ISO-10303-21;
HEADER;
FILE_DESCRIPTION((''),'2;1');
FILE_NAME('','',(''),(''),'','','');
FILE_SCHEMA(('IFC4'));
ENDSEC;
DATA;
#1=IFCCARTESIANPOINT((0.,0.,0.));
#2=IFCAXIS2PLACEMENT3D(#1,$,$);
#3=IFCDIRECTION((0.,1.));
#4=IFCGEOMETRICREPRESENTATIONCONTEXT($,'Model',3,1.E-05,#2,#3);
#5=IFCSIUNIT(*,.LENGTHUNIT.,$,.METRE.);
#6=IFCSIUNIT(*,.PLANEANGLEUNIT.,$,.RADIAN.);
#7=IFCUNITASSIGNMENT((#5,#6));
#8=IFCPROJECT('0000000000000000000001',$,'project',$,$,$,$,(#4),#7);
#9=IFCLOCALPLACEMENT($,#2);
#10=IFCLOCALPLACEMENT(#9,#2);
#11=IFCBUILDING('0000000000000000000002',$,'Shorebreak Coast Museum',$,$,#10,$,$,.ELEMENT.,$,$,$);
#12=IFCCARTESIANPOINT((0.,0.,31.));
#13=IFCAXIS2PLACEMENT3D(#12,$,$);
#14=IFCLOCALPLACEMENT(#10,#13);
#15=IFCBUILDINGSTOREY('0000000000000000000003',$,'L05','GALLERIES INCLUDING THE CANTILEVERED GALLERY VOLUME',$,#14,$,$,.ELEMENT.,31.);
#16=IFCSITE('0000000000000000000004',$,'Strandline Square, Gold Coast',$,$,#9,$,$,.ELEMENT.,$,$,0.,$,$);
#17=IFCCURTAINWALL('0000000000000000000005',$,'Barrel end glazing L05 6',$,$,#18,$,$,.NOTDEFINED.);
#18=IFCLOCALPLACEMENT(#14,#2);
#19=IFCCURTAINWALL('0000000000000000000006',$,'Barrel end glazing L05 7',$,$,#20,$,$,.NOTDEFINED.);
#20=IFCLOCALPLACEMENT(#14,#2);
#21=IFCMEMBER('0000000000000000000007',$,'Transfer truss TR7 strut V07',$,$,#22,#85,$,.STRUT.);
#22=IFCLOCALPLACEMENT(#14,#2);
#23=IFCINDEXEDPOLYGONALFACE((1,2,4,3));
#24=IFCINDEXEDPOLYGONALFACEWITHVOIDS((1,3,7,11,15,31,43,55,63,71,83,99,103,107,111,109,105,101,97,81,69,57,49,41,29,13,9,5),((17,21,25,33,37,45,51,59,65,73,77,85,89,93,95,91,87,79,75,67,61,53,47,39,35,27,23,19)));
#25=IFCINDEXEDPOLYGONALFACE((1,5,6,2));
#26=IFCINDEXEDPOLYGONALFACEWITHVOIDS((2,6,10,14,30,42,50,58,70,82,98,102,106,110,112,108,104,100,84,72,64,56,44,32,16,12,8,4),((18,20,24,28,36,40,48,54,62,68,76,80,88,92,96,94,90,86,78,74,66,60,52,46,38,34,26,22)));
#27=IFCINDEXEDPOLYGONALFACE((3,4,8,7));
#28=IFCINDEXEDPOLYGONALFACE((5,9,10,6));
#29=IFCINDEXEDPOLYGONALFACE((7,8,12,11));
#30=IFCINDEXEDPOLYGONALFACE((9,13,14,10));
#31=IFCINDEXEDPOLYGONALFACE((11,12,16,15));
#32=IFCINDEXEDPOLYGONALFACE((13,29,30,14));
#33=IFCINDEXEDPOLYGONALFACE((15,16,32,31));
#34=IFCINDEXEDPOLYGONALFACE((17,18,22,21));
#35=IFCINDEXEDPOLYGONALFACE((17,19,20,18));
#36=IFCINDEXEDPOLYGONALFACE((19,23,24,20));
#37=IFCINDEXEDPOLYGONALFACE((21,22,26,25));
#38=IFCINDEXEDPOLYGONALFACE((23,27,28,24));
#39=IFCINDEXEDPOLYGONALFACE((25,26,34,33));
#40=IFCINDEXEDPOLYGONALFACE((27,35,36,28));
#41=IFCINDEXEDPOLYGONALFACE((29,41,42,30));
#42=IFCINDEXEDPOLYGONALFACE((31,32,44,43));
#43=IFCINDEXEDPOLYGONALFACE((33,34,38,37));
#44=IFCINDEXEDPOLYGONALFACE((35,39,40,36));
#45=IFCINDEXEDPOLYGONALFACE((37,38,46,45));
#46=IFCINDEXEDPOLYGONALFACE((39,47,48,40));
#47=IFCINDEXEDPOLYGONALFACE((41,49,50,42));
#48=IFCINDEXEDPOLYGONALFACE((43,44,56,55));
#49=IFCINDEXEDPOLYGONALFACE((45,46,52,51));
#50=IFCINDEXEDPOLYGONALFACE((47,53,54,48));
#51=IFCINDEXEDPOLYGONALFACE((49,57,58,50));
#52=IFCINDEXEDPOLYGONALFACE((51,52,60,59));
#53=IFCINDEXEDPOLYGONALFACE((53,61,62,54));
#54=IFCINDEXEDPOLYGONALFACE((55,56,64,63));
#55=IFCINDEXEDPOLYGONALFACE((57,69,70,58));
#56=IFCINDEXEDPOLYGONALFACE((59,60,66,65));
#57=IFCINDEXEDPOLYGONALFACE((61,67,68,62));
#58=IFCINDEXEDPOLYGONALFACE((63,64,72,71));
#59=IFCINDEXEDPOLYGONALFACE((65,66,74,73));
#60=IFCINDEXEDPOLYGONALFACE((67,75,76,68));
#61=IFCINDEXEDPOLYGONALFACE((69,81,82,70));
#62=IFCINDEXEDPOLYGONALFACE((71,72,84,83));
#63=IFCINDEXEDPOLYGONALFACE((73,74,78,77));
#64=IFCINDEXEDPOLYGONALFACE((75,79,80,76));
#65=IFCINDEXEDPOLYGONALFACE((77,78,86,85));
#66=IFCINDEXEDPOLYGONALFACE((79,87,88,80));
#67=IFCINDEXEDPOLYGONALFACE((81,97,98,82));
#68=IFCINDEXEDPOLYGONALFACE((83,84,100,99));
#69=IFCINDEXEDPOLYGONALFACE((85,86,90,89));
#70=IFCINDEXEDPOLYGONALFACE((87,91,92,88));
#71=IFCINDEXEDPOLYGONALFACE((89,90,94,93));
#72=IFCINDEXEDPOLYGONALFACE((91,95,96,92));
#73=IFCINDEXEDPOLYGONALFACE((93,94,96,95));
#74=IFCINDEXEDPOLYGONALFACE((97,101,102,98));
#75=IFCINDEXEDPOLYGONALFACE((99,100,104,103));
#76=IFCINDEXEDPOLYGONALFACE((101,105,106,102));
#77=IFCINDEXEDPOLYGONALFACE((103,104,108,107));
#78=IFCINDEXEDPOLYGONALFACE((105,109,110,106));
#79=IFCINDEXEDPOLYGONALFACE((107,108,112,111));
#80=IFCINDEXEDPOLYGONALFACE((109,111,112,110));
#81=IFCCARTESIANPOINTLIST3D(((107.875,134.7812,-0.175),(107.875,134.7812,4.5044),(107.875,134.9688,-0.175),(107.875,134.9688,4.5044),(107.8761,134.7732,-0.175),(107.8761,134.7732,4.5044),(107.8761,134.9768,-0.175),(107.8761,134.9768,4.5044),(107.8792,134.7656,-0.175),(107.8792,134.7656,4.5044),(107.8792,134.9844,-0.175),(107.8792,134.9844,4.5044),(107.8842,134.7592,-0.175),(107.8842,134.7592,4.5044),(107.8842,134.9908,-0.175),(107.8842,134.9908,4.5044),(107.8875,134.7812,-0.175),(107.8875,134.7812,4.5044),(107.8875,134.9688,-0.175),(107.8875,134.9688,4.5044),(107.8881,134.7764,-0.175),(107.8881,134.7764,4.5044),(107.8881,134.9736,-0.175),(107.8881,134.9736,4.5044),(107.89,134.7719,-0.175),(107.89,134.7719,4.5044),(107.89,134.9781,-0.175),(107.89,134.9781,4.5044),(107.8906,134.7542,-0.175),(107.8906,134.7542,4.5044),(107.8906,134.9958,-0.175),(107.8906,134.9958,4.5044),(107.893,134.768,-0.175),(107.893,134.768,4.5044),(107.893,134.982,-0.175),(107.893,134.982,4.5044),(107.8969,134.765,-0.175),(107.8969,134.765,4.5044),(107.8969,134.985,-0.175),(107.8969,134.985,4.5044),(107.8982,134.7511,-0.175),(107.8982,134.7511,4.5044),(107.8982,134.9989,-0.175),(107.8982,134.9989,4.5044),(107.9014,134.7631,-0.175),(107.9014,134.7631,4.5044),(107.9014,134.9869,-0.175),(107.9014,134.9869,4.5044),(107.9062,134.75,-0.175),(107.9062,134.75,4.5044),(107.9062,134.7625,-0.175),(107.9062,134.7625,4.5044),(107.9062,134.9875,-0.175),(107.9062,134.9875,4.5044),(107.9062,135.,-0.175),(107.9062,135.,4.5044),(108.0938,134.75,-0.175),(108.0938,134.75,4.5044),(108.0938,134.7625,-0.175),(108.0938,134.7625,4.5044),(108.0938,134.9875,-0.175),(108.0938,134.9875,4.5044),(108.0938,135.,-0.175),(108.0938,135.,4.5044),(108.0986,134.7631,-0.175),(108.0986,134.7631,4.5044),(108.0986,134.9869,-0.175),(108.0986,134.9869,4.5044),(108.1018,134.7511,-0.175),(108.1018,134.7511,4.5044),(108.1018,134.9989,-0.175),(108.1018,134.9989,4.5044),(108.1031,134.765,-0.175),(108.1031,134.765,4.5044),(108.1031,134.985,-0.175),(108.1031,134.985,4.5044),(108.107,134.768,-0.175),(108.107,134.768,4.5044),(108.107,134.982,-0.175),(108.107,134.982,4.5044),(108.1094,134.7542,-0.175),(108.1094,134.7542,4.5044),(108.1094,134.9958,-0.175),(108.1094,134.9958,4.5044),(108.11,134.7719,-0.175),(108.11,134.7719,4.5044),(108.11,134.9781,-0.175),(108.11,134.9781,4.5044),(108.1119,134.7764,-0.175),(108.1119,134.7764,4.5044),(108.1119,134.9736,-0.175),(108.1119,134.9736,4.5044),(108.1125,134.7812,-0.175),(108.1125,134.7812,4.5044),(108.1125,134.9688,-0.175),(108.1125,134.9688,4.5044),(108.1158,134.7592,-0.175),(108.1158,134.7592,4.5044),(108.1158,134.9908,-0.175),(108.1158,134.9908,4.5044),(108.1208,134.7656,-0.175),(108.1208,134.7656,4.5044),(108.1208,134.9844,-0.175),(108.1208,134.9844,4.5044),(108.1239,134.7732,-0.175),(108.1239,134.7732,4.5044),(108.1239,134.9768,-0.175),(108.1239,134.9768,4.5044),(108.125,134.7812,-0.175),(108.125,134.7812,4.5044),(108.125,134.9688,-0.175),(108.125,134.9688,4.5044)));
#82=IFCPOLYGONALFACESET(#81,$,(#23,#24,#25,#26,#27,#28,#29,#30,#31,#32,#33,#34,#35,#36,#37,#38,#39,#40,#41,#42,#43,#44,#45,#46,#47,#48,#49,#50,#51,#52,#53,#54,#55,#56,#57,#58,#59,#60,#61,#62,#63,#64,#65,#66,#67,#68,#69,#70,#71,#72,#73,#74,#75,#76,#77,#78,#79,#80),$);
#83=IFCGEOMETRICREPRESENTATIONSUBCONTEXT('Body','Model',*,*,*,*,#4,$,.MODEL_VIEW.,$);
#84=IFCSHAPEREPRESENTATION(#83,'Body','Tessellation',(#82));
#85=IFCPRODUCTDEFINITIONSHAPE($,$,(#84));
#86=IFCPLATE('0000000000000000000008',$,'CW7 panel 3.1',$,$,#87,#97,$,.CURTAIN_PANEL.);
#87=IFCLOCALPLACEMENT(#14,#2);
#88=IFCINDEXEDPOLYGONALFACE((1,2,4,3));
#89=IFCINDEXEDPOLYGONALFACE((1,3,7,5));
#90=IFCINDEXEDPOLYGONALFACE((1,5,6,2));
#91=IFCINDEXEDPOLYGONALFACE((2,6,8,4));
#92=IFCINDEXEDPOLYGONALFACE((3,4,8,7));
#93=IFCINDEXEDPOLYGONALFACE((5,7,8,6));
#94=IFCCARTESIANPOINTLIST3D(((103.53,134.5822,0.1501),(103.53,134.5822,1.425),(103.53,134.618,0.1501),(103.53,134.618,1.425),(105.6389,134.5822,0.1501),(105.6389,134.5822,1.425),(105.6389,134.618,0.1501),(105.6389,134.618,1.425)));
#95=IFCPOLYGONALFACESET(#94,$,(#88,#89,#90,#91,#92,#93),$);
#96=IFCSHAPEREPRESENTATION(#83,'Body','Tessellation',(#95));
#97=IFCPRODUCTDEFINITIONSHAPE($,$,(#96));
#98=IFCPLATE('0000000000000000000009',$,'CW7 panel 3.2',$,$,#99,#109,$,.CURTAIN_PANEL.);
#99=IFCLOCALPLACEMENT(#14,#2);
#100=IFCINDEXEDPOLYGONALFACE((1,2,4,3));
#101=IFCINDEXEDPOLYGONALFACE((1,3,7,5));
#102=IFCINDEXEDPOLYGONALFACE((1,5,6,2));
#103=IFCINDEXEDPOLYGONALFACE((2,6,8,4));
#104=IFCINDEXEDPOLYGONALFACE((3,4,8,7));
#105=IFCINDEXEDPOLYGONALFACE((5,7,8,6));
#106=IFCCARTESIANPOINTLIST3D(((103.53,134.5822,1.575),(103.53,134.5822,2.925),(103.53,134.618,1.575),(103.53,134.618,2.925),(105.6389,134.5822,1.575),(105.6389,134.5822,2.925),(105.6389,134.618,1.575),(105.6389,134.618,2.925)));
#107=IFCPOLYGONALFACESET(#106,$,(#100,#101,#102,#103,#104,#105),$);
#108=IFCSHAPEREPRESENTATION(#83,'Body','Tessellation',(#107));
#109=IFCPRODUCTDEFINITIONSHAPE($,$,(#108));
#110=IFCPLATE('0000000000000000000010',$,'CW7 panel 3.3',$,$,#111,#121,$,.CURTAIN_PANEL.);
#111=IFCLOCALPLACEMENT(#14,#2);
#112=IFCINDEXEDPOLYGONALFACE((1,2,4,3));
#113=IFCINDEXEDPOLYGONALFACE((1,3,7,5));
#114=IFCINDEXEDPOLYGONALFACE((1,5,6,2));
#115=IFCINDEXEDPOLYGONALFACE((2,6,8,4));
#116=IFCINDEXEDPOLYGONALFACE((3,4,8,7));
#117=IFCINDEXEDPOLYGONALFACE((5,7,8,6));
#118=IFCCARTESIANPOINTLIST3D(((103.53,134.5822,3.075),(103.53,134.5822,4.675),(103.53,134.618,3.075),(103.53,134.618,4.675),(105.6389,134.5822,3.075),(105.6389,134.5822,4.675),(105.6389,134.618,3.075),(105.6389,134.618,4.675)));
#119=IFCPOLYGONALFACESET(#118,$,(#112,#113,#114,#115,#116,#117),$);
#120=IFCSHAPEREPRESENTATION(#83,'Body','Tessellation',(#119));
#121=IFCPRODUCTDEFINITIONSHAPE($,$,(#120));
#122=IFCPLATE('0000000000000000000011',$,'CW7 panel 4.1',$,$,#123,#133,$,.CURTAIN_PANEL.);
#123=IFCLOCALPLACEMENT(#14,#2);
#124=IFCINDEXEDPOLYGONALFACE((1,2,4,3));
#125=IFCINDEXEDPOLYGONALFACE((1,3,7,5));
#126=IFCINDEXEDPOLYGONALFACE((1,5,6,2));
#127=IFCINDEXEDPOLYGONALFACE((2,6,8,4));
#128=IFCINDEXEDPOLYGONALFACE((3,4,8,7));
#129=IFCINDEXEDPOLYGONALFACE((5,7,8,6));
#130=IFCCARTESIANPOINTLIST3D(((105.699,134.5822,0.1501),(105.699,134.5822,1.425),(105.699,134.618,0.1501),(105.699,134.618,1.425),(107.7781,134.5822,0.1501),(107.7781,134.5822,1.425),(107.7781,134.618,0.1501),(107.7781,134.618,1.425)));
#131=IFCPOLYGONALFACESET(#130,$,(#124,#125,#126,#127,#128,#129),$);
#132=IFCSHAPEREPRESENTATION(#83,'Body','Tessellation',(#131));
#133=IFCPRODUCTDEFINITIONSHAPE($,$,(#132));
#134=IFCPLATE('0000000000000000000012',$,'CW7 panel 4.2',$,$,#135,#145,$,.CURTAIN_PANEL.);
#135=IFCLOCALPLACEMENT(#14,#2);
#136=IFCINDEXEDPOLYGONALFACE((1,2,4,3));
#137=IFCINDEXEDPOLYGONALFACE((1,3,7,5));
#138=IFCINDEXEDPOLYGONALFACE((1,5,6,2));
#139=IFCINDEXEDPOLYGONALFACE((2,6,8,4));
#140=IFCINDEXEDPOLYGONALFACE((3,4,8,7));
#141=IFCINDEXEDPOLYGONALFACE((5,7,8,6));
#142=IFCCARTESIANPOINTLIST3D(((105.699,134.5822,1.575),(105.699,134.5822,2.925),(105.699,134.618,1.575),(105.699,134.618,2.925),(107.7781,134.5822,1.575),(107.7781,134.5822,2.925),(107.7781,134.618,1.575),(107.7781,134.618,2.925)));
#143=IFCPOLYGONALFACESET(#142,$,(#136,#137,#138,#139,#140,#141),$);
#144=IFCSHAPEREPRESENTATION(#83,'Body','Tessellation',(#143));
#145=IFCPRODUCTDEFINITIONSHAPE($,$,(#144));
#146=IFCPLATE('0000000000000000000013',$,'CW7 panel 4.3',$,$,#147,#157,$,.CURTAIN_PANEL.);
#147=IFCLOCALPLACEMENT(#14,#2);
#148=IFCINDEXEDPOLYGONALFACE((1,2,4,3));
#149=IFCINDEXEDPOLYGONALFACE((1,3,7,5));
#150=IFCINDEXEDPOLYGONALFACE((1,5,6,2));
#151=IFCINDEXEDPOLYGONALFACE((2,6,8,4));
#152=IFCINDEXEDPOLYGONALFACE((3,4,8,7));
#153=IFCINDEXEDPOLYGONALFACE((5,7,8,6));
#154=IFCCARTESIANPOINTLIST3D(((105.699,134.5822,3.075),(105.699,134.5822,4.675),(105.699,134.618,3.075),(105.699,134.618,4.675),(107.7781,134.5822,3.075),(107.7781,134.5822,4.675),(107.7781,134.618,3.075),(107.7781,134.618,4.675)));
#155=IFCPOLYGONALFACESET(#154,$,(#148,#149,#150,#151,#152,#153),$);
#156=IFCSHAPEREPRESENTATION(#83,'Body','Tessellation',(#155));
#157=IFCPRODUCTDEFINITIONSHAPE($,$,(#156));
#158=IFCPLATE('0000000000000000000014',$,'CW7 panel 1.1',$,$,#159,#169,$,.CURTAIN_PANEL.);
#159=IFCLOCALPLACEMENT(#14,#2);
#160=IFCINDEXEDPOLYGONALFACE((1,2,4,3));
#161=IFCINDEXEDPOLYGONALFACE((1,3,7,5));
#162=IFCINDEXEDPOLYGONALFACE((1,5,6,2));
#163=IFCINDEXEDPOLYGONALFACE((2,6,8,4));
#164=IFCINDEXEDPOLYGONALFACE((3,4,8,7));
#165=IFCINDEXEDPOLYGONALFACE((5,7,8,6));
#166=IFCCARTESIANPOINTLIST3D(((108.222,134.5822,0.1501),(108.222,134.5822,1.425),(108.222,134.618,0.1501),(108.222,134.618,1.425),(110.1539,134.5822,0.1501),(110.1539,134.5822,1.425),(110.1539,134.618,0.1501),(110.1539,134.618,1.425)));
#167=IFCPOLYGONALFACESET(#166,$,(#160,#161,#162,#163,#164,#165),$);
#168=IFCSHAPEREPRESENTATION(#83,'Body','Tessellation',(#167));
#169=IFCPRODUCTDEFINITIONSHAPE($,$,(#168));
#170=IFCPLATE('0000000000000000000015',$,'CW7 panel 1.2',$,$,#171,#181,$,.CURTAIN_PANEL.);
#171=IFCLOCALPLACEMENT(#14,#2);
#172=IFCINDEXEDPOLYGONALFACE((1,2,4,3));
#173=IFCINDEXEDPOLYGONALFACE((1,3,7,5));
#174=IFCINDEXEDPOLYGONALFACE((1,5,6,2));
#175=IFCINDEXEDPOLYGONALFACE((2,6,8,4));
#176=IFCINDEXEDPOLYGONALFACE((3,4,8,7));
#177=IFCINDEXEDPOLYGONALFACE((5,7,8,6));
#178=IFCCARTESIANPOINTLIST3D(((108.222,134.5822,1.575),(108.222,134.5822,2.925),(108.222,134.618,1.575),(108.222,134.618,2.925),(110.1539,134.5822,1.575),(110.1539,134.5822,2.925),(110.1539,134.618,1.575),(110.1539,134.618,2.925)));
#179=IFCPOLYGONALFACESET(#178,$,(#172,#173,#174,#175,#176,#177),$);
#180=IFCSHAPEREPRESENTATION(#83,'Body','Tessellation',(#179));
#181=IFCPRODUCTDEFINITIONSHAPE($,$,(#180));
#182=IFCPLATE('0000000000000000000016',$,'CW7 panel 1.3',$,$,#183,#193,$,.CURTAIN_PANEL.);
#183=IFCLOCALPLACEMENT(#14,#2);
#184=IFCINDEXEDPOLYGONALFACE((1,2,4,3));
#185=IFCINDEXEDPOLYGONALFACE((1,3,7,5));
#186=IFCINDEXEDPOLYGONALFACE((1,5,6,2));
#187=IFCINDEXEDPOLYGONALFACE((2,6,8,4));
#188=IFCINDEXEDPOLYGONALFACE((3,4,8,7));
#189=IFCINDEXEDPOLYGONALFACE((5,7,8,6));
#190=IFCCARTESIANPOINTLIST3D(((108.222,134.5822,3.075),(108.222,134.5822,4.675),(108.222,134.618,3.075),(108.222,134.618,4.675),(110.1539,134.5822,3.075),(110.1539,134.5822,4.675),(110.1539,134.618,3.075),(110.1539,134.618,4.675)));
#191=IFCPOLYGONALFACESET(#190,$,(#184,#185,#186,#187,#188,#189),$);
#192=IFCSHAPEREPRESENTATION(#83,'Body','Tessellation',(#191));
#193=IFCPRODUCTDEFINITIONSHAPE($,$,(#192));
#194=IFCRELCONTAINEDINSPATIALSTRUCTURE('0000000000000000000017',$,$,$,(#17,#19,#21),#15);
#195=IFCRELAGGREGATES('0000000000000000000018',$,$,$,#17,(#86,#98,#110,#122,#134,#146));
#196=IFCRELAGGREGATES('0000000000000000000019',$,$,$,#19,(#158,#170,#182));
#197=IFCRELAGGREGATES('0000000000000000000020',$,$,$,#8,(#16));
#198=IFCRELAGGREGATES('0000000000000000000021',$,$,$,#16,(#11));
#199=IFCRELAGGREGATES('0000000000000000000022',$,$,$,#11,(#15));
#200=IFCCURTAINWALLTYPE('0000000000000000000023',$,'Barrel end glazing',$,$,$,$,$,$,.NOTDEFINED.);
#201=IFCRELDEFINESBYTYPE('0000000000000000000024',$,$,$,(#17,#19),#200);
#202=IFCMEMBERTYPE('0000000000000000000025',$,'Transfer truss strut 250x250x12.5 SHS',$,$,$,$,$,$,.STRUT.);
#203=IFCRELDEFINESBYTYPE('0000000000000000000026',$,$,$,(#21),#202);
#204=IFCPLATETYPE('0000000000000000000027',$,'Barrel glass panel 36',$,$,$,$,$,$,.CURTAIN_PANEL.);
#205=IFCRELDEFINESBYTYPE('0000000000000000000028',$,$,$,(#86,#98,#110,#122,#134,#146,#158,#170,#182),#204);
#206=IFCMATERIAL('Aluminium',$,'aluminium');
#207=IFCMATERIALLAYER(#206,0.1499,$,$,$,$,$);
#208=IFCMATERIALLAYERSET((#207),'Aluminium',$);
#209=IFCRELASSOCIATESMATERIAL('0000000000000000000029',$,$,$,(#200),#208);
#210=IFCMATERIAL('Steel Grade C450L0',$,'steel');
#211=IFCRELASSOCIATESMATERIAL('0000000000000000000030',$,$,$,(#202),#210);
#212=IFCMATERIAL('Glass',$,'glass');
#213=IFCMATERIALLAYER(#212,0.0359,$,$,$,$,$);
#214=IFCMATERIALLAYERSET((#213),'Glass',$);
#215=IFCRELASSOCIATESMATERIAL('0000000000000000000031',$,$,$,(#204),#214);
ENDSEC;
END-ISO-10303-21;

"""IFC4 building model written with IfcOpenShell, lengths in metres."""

from ifc_helpers import new_model, si_unit, direction, frame, origin, origin_2d, place, context, subcontext, project, spatial, rectangle, hollow_rectangle, extrude, material, layer, layer_set, material_profile, profile_set, type_object, element, aggregate, save


model = new_model("IFC4")

# Units and contexts
model_context = context("Model", 3, precision=1e-05, world=origin(), true_north=direction((0.0, 1.0)))
body_context = subcontext(model_context, "Body", "Model", "MODEL_VIEW")
ifc_project = project(units=[si_unit("LENGTHUNIT", "METRE"), si_unit("PLANEANGLEUNIT", "RADIAN")], contexts=[model_context])

# Site, building, storey
site_placement = place(None, origin())
site = spatial("IfcSite", under=ifc_project, at=site_placement, Name="Strandline Square, Gold Coast", CompositionType="ELEMENT", RefElevation=0.0)
building_placement = place(site_placement, origin())
building = spatial("IfcBuilding", under=site, at=building_placement, Name="Shorebreak Coast Museum", CompositionType="ELEMENT")
storey_placement = place(building_placement, frame((0.0, 0.0, 31.0)))
storey = spatial("IfcBuildingStorey", under=building, at=storey_placement, Name="L05", Description="GALLERIES INCLUDING THE CANTILEVERED GALLERY VOLUME", CompositionType="ELEMENT", Elevation=31.0)

# Curtain wall
ifc_material_1 = material(Name="Aluminium", Category="aluminium")
ifc_layer_1 = layer(ifc_material_1, 0.1499)
ifc_layer_set_1 = layer_set([ifc_layer_1], Name="Aluminium")
curtain_wall_type = type_object("IfcCurtainWallType", Name="Barrel end glazing", PredefinedType="NOTDEFINED", material=ifc_layer_set_1)
curtain_wall_1_placement = place(storey_placement, origin())
curtain_wall_1 = element("IfcCurtainWall", 1, at=curtain_wall_1_placement, inside=storey, type_object=curtain_wall_type, Name="Barrel end glazing L05 6", PredefinedType="NOTDEFINED")

# Curtain wall
curtain_wall_2_placement = place(storey_placement, origin())
curtain_wall_2 = element("IfcCurtainWall", 2, at=curtain_wall_2_placement, inside=storey, type_object=curtain_wall_type, Name="Barrel end glazing L05 7", PredefinedType="NOTDEFINED")

# Member
ifc_material_2 = material(Name="Steel Grade C450L0", Category="steel")
ifc_material_profile_1 = material_profile(ifc_material_2, hollow_rectangle(XDim=0.25, YDim=0.25, WallThickness=0.0125, InnerFilletRadius=0.0188, OuterFilletRadius=0.0312, at=origin_2d()), Name="250x250x12.5 SHS")
ifc_profile_set_1 = profile_set([ifc_material_profile_1], Name="Steel Grade C450L0")
member_type_1 = type_object("IfcMemberType", Name="Transfer truss strut 250x250x12.5 SHS", PredefinedType="STRUT", material=ifc_profile_set_1)
member_1_placement = place(storey_placement, frame((108.0, 134.875, -0.175), z_axis=(0.0, 0.0, 1.0), x_axis=(1.0, 0.0, 0.0)))
element("IfcMember", 3, at=member_1_placement, inside=storey, type_object=member_type_1, Name="Transfer truss TR7 strut V07", PredefinedType="STRUT", context=body_context, shape_type="SweptSolid", body=[
    extrude(hollow_rectangle(XDim=0.25, YDim=0.25, WallThickness=0.0125, InnerFilletRadius=0.0188, OuterFilletRadius=0.0312, at=origin_2d()), origin(), (0.0, 0.0, 1.0), 4.6794),
])

# Plates
ifc_material_3 = material(Name="Glass", Category="glass")
ifc_layer_2 = layer(ifc_material_3, 0.0359)
ifc_layer_set_2 = layer_set([ifc_layer_2], Name="Glass")
plate_type = type_object("IfcPlateType", Name="Barrel glass panel 36", PredefinedType="CURTAIN_PANEL", material=ifc_layer_set_2)
plate_1_placement = place(storey_placement, frame((104.5845, 134.6001, 0.1501), z_axis=(0.0, 0.0, 1.0), x_axis=(1.0, 0.0, 0.0)))
plate_1 = element("IfcPlate", 4, at=plate_1_placement, type_object=plate_type, Name="CW7 panel 3.1", PredefinedType="CURTAIN_PANEL", context=body_context, shape_type="SweptSolid", body=[
    extrude(rectangle(XDim=2.1089, YDim=0.0359, at=origin_2d()), origin(), (0.0, 0.0, 1.0), 1.2749),
])
plate_2_placement = place(storey_placement, frame((104.5845, 134.6001, 1.575), z_axis=(0.0, 0.0, 1.0), x_axis=(1.0, 0.0, 0.0)))
plate_2 = element("IfcPlate", 5, at=plate_2_placement, type_object=plate_type, Name="CW7 panel 3.2", PredefinedType="CURTAIN_PANEL", context=body_context, shape_type="SweptSolid", body=[
    extrude(rectangle(XDim=2.1089, YDim=0.0359, at=origin_2d()), origin(), (0.0, 0.0, 1.0), 1.3501),
])
plate_3_placement = place(storey_placement, frame((104.5845, 134.6001, 3.075), z_axis=(0.0, 0.0, 1.0), x_axis=(1.0, 0.0, 0.0)))
plate_3 = element("IfcPlate", 6, at=plate_3_placement, type_object=plate_type, Name="CW7 panel 3.3", PredefinedType="CURTAIN_PANEL", context=body_context, shape_type="SweptSolid", body=[
    extrude(rectangle(XDim=2.1089, YDim=0.0359, at=origin_2d()), origin(), (0.0, 0.0, 1.0), 1.6001),
])
plate_4_placement = place(storey_placement, frame((106.7385, 134.6001, 0.1501), z_axis=(0.0, 0.0, 1.0), x_axis=(1.0, 0.0, 0.0)))
plate_4 = element("IfcPlate", 7, at=plate_4_placement, type_object=plate_type, Name="CW7 panel 4.1", PredefinedType="CURTAIN_PANEL", context=body_context, shape_type="SweptSolid", body=[
    extrude(rectangle(XDim=2.0791, YDim=0.0359, at=origin_2d()), origin(), (0.0, 0.0, 1.0), 1.2749),
])
plate_5_placement = place(storey_placement, frame((106.7385, 134.6001, 1.575), z_axis=(0.0, 0.0, 1.0), x_axis=(1.0, 0.0, 0.0)))
plate_5 = element("IfcPlate", 8, at=plate_5_placement, type_object=plate_type, Name="CW7 panel 4.2", PredefinedType="CURTAIN_PANEL", context=body_context, shape_type="SweptSolid", body=[
    extrude(rectangle(XDim=2.0791, YDim=0.0359, at=origin_2d()), origin(), (0.0, 0.0, 1.0), 1.3501),
])
plate_6_placement = place(storey_placement, frame((106.7385, 134.6001, 3.075), z_axis=(0.0, 0.0, 1.0), x_axis=(1.0, 0.0, 0.0)))
plate_6 = element("IfcPlate", 9, at=plate_6_placement, type_object=plate_type, Name="CW7 panel 4.3", PredefinedType="CURTAIN_PANEL", context=body_context, shape_type="SweptSolid", body=[
    extrude(rectangle(XDim=2.0791, YDim=0.0359, at=origin_2d()), origin(), (0.0, 0.0, 1.0), 1.6001),
])
aggregate(curtain_wall_1, [plate_1, plate_2, plate_3, plate_4, plate_5, plate_6])
plate_7_placement = place(storey_placement, frame((109.188, 134.6001, 0.1501), z_axis=(0.0, 0.0, 1.0), x_axis=(1.0, 0.0, 0.0)))
plate_7 = element("IfcPlate", 10, at=plate_7_placement, type_object=plate_type, Name="CW7 panel 1.1", PredefinedType="CURTAIN_PANEL", context=body_context, shape_type="SweptSolid", body=[
    extrude(rectangle(XDim=1.9319, YDim=0.0359, at=origin_2d()), origin(), (0.0, 0.0, 1.0), 1.2749),
])
plate_8_placement = place(storey_placement, frame((109.188, 134.6001, 1.575), z_axis=(0.0, 0.0, 1.0), x_axis=(1.0, 0.0, 0.0)))
plate_8 = element("IfcPlate", 11, at=plate_8_placement, type_object=plate_type, Name="CW7 panel 1.2", PredefinedType="CURTAIN_PANEL", context=body_context, shape_type="SweptSolid", body=[
    extrude(rectangle(XDim=1.9319, YDim=0.0359, at=origin_2d()), origin(), (0.0, 0.0, 1.0), 1.3501),
])
plate_9_placement = place(storey_placement, frame((109.188, 134.6001, 3.075), z_axis=(0.0, 0.0, 1.0), x_axis=(1.0, 0.0, 0.0)))
plate_9 = element("IfcPlate", 12, at=plate_9_placement, type_object=plate_type, Name="CW7 panel 1.3", PredefinedType="CURTAIN_PANEL", context=body_context, shape_type="SweptSolid", body=[
    extrude(rectangle(XDim=1.9319, YDim=0.0359, at=origin_2d()), origin(), (0.0, 0.0, 1.0), 1.6001),
])
aggregate(curtain_wall_2, [plate_7, plate_8, plate_9])

save(model, "model.ifc")
